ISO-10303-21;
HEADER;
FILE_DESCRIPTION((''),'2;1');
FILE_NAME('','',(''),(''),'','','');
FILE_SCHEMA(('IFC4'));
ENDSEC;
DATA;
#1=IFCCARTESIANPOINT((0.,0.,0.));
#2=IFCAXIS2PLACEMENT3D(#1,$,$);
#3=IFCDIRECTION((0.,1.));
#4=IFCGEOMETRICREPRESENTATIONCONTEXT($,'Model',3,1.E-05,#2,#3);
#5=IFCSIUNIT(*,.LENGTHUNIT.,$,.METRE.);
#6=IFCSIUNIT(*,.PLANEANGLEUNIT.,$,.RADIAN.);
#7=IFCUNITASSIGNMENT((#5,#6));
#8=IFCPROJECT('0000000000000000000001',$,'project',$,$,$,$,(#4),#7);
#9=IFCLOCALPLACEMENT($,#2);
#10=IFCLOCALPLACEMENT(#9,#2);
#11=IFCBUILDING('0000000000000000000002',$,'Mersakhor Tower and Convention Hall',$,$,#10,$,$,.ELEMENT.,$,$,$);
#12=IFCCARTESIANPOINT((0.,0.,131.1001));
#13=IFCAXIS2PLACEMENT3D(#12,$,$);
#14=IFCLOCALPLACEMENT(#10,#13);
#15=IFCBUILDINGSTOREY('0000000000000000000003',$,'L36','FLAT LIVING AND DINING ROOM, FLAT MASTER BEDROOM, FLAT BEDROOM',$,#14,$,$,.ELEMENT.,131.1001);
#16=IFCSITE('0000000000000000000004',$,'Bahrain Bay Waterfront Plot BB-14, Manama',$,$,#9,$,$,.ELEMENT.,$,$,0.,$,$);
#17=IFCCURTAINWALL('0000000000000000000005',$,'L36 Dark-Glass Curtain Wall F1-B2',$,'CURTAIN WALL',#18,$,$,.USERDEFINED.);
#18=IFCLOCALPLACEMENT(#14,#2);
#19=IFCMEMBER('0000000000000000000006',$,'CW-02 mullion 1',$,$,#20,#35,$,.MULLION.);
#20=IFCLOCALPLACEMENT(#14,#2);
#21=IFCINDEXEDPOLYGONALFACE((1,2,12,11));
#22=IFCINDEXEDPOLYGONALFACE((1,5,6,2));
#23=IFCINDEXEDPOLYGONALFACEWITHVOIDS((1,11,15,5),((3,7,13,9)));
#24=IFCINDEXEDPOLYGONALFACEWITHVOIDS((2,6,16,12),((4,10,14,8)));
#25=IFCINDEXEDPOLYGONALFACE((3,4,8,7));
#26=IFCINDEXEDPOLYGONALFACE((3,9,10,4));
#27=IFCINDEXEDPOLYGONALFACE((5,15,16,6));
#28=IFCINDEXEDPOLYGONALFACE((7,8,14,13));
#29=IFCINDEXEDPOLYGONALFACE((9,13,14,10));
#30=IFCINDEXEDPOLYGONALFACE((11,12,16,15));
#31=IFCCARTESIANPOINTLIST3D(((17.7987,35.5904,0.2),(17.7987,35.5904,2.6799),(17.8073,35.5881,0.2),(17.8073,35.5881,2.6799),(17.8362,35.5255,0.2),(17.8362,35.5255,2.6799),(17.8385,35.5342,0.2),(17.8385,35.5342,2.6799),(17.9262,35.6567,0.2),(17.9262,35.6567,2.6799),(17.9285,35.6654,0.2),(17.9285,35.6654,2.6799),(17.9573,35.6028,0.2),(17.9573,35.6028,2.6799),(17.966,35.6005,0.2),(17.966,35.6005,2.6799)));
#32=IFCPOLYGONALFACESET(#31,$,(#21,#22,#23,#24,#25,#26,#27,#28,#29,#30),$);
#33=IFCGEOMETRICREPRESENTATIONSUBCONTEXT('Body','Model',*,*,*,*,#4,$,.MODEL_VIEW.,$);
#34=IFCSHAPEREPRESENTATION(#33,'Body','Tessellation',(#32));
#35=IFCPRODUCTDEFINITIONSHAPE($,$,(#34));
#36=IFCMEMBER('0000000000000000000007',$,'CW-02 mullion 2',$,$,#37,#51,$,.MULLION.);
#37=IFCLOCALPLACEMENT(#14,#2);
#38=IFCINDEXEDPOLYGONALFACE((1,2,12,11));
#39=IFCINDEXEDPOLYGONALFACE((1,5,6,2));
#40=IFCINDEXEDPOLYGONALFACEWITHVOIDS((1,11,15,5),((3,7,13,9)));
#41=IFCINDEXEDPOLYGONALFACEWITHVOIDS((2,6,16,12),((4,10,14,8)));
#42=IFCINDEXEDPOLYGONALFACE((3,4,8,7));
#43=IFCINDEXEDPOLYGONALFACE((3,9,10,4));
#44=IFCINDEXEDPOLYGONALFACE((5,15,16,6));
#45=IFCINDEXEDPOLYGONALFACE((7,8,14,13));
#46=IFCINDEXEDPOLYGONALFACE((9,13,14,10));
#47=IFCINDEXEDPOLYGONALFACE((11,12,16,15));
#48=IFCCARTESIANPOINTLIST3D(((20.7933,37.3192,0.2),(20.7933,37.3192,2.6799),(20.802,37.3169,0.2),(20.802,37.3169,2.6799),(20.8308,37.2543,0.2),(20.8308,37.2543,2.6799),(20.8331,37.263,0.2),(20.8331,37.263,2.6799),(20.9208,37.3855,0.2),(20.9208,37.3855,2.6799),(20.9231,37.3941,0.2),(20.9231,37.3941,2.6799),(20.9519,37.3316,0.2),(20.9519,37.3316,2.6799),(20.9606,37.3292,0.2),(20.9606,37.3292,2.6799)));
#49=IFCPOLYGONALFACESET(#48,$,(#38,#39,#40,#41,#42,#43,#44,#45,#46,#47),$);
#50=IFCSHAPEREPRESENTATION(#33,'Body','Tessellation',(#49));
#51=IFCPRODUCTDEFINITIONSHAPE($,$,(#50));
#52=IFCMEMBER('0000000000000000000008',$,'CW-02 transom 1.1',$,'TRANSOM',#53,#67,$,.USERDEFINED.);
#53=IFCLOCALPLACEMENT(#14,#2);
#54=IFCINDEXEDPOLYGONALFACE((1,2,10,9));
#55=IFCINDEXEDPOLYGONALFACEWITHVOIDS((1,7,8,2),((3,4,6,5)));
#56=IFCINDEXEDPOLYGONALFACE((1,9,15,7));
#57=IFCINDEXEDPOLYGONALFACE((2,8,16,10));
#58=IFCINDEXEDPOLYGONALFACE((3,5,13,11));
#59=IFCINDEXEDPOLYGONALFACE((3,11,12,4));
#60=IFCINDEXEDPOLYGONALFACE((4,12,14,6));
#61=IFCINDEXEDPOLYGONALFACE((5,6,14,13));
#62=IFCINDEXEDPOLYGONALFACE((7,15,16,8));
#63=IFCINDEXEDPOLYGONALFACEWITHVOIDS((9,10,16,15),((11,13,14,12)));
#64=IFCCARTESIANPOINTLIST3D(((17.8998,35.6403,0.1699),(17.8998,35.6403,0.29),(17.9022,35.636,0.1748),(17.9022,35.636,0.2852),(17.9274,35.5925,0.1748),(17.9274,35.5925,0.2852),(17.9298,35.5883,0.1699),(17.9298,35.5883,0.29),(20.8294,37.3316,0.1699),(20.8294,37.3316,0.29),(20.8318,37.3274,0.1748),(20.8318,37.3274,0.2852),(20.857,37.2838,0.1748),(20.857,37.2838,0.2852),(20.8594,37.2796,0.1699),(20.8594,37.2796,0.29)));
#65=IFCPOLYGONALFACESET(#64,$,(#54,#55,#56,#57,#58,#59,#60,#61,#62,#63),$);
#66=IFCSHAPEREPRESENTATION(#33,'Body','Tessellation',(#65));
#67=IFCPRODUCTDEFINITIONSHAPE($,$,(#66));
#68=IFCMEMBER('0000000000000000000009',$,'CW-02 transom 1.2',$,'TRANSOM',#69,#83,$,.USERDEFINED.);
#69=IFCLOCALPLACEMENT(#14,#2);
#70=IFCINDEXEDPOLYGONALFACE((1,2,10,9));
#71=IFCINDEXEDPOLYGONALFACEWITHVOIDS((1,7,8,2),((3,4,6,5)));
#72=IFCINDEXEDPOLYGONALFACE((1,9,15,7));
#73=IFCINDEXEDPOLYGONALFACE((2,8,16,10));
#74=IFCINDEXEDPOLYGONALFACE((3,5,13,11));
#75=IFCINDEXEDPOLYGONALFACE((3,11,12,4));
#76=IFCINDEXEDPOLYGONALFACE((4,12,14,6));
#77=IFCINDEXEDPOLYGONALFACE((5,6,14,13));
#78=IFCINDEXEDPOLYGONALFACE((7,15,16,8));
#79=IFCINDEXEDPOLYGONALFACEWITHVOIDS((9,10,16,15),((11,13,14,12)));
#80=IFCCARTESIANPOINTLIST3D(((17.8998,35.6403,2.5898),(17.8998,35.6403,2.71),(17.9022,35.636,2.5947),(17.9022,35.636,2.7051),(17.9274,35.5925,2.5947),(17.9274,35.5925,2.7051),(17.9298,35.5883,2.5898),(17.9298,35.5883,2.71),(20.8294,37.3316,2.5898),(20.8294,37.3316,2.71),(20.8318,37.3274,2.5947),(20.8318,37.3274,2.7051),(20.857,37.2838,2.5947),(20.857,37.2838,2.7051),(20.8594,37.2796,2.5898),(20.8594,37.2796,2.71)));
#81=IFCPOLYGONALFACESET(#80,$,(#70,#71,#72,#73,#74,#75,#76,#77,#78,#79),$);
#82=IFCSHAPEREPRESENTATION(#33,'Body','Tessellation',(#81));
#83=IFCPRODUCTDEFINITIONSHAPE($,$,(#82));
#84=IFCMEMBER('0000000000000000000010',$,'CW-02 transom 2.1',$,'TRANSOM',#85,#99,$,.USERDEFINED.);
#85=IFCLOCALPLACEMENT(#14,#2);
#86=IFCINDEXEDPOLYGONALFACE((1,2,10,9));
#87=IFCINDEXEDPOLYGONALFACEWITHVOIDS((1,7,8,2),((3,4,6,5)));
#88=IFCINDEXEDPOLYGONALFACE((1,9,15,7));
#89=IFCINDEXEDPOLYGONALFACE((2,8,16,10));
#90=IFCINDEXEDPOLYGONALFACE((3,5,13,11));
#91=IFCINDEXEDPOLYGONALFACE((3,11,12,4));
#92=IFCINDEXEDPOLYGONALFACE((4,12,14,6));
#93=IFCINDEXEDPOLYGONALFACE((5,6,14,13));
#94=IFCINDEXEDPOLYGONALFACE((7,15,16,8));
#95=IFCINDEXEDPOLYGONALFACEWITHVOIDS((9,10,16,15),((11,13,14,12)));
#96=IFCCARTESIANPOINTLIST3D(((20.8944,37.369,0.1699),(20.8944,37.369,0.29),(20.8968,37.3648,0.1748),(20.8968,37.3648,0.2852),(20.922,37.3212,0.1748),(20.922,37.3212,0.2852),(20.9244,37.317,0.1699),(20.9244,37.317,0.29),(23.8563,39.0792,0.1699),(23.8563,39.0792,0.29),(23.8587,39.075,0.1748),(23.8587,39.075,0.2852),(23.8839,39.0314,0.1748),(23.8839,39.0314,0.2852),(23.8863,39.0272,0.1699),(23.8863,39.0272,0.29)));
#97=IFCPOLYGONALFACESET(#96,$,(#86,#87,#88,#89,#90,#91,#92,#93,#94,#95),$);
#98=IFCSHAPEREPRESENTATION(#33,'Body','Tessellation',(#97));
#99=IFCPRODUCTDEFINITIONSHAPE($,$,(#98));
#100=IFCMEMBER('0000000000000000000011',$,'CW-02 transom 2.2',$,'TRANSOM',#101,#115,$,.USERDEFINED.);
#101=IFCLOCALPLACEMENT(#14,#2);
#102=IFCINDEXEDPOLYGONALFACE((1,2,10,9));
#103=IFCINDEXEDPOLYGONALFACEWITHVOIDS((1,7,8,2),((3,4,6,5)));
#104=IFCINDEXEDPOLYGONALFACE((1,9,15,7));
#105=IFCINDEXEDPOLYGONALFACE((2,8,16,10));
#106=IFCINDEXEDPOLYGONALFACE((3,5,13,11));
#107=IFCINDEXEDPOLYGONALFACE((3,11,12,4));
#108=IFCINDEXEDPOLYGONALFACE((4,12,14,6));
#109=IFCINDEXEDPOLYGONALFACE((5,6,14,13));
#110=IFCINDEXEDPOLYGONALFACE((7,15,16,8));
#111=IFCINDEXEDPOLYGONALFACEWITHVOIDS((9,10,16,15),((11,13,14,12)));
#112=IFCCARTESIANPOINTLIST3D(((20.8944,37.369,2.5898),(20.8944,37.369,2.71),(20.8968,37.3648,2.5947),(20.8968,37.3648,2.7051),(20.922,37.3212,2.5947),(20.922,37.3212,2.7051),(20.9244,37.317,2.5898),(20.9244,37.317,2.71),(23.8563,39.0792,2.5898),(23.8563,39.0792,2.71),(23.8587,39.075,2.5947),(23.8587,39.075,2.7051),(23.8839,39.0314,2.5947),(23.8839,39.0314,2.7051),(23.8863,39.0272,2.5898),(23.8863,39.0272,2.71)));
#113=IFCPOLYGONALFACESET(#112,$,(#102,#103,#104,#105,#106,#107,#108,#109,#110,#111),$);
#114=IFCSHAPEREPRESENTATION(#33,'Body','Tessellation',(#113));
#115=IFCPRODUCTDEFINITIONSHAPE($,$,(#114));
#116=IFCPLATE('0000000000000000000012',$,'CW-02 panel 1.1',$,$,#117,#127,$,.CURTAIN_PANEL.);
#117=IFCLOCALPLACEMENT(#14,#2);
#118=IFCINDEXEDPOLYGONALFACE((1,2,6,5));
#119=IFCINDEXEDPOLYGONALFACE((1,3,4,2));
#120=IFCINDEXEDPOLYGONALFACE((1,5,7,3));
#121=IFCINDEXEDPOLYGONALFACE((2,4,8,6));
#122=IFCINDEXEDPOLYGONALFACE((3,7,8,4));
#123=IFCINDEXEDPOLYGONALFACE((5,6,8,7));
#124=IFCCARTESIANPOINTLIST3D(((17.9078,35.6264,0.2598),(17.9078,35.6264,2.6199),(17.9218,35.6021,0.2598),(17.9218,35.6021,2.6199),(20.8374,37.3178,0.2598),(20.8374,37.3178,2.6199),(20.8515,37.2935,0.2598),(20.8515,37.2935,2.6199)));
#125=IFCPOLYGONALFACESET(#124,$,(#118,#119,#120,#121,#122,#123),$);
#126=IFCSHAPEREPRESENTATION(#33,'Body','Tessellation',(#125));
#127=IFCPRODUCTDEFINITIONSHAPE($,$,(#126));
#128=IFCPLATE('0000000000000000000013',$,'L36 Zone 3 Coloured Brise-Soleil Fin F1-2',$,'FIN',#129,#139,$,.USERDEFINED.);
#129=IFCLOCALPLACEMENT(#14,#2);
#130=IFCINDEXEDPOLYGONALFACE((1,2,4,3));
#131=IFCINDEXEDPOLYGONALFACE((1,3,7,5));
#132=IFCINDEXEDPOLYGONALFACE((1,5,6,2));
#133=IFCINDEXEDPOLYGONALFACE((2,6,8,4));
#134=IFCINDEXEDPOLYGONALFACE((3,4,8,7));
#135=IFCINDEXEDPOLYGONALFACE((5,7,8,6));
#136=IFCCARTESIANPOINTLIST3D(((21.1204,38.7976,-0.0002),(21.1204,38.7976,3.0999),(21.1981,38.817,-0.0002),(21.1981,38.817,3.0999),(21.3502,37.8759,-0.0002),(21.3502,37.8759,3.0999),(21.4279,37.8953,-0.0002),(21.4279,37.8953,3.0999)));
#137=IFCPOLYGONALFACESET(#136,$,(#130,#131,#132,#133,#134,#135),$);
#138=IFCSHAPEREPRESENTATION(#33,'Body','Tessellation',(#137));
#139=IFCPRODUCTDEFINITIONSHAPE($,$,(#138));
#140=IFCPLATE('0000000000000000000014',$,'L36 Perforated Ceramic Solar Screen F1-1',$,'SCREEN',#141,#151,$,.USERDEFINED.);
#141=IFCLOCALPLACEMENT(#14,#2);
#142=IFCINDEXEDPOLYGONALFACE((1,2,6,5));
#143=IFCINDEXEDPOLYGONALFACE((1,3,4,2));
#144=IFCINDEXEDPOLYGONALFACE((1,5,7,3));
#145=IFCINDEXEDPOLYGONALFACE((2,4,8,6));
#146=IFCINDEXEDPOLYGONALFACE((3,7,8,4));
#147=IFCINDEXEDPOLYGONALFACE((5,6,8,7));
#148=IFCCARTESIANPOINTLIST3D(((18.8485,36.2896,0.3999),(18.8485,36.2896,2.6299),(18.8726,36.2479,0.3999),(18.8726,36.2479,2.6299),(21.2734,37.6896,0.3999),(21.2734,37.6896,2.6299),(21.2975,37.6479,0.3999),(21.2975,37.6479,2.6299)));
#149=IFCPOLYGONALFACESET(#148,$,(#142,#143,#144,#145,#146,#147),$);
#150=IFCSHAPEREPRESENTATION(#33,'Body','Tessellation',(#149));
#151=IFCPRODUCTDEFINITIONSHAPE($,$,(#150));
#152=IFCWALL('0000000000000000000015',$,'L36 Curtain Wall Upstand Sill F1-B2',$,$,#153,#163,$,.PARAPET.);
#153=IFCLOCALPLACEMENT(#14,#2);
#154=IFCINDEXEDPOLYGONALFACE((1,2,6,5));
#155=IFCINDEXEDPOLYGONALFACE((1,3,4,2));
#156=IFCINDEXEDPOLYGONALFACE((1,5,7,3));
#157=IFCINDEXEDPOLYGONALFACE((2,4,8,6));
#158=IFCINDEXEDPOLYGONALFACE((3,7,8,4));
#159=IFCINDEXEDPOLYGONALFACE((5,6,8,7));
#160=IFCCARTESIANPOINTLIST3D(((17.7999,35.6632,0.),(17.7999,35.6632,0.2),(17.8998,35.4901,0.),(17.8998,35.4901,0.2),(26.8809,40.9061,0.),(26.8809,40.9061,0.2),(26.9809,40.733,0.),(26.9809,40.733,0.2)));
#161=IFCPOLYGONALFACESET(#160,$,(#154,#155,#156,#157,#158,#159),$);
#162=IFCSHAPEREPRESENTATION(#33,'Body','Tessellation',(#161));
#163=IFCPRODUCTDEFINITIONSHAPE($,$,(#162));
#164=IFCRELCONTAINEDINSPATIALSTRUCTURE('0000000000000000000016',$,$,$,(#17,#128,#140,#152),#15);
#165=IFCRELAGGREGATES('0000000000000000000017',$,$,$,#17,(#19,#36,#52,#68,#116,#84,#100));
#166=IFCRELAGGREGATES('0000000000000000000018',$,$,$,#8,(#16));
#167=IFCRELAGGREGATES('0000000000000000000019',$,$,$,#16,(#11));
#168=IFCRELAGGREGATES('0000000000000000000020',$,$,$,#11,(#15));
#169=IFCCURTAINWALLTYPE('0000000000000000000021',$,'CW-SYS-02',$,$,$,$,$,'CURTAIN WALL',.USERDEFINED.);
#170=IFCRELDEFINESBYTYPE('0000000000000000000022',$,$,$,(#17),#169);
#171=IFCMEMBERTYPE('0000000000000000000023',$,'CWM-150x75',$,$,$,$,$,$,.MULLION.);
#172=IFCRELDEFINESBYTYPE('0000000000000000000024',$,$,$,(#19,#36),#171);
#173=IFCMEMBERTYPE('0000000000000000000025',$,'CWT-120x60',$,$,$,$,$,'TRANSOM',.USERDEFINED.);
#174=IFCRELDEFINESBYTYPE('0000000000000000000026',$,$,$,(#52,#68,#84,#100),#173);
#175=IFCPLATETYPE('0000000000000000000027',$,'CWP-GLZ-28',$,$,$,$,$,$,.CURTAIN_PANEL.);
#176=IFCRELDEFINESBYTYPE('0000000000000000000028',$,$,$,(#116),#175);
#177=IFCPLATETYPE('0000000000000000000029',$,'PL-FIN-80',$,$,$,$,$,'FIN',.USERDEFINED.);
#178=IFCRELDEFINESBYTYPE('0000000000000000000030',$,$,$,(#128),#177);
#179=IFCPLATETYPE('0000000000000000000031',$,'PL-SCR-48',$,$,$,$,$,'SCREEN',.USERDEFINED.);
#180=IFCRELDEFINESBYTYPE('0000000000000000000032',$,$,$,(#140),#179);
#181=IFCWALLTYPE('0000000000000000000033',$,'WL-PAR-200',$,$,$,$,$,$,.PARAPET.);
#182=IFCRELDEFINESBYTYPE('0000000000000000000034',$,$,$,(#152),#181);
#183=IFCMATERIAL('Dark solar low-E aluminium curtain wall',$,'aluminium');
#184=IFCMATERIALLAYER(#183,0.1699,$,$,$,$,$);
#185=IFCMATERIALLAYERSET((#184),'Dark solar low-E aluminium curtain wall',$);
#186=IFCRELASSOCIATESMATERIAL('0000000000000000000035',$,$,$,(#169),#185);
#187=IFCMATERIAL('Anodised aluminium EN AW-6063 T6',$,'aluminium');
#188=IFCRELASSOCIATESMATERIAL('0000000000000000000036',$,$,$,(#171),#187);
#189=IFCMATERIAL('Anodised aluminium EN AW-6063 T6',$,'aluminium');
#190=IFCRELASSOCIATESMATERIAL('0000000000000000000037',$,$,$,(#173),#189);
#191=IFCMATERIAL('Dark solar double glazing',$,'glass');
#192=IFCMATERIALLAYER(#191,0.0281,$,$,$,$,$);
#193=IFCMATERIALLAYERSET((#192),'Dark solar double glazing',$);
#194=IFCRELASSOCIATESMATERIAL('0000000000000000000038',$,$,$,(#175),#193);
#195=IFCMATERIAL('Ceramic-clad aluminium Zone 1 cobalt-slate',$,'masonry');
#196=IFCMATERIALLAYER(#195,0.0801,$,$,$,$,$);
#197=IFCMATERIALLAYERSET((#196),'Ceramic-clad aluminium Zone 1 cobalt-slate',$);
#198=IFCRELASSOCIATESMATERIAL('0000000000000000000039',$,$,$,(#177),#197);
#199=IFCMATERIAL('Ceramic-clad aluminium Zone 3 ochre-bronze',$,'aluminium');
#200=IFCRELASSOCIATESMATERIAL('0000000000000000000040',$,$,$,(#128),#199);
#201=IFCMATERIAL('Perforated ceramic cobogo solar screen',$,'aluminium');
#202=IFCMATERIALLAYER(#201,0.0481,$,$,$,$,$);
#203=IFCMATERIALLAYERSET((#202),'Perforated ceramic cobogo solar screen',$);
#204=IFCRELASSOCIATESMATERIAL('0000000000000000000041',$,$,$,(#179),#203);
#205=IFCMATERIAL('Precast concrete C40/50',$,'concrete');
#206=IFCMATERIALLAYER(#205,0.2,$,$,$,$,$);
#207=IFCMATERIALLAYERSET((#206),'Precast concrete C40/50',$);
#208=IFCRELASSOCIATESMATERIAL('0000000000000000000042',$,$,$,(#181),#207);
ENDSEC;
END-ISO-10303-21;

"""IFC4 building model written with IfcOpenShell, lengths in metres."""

from ifc_helpers import new_model, si_unit, direction, frame, frame_2d, origin, origin_2d, place, context, subcontext, project, spatial, rectangle, hollow_rectangle, extrude, material, layer, layer_set, material_profile, profile_set, type_object, element, aggregate, save


model = new_model("IFC4")

# Units and contexts
model_context = context("Model", 3, precision=1e-05, world=origin(), true_north=direction((0.0, 1.0)))
body_context = subcontext(model_context, "Body", "Model", "MODEL_VIEW")
ifc_project = project(units=[si_unit("LENGTHUNIT", "METRE"), si_unit("PLANEANGLEUNIT", "RADIAN")], contexts=[model_context])

# Site, building, storey
site_placement = place(None, origin())
site = spatial("IfcSite", under=ifc_project, at=site_placement, Name="Bahrain Bay Waterfront Plot BB-14, Manama", CompositionType="ELEMENT", RefElevation=0.0)
building_placement = place(site_placement, origin())
building = spatial("IfcBuilding", under=site, at=building_placement, Name="Mersakhor Tower and Convention Hall", CompositionType="ELEMENT")
storey_placement = place(building_placement, frame((0.0, 0.0, 131.1001)))
storey = spatial("IfcBuildingStorey", under=building, at=storey_placement, Name="L36", Description="FLAT LIVING AND DINING ROOM, FLAT MASTER BEDROOM, FLAT BEDROOM", CompositionType="ELEMENT", Elevation=131.1001)

# Curtain wall, members, plate
ifc_material_1 = material(Name="Dark solar low-E aluminium curtain wall", Category="aluminium")
ifc_layer_1 = layer(ifc_material_1, 0.1699)
ifc_layer_set_1 = layer_set([ifc_layer_1], Name="Dark solar low-E aluminium curtain wall")
curtain_wall_type = type_object("IfcCurtainWallType", Name="CW-SYS-02", ElementType="CURTAIN WALL", PredefinedType="USERDEFINED", material=ifc_layer_set_1)
curtain_wall_placement = place(storey_placement, origin())
curtain_wall = element("IfcCurtainWall", 1, at=curtain_wall_placement, inside=storey, type_object=curtain_wall_type, Name="L36 Dark-Glass Curtain Wall F1-B2", ObjectType="CURTAIN WALL", PredefinedType="USERDEFINED")
ifc_material_2 = material(Name="Anodised aluminium EN AW-6063 T6", Category="aluminium")
ifc_material_profile_1 = material_profile(ifc_material_2, hollow_rectangle(XDim=0.075, YDim=0.1499, WallThickness=0.0063, at=origin_2d()), Name="RHS 150x75x6.3")
ifc_profile_set_1 = profile_set([ifc_material_profile_1], Name="Anodised aluminium EN AW-6063 T6")
member_type_1 = type_object("IfcMemberType", Name="CWM-150x75", PredefinedType="MULLION", material=ifc_profile_set_1)
member_1_placement = place(storey_placement, frame((17.8823, 35.5955, 0.2), z_axis=(0.0, 0.0, 1.0), x_axis=(-0.49999, 0.866031, 0.0)))
member_1 = element("IfcMember", 2, at=member_1_placement, type_object=member_type_1, Name="CW-02 mullion 1", PredefinedType="MULLION", context=body_context, shape_type="SweptSolid", body=[
    extrude(hollow_rectangle(XDim=0.075, YDim=0.1499, WallThickness=0.0063, at=origin_2d()), origin(), (0.0, 0.0, 1.0), 2.48),
])
member_2_placement = place(storey_placement, frame((20.877, 37.3242, 0.2), z_axis=(0.0, 0.0, 1.0), x_axis=(-0.49999, 0.866031, 0.0)))
member_2 = element("IfcMember", 3, at=member_2_placement, type_object=member_type_1, Name="CW-02 mullion 2", PredefinedType="MULLION", context=body_context, shape_type="SweptSolid", body=[
    extrude(hollow_rectangle(XDim=0.075, YDim=0.1499, WallThickness=0.0063, at=origin_2d()), origin(), (0.0, 0.0, 1.0), 2.48),
])
ifc_material_3 = material(Name="Anodised aluminium EN AW-6063 T6", Category="aluminium")
ifc_material_profile_2 = material_profile(ifc_material_3, hollow_rectangle(XDim=0.0601, YDim=0.1201, WallThickness=0.0049, at=origin_2d()), Name="RHS 120x60x5")
ifc_profile_set_2 = profile_set([ifc_material_profile_2], Name="Anodised aluminium EN AW-6063 T6")
member_type_2 = type_object("IfcMemberType", Name="CWT-120x60", ElementType="TRANSOM", PredefinedType="USERDEFINED", material=ifc_profile_set_2)
member_3_placement = place(storey_placement, frame((17.9148, 35.6143, 0.23), z_axis=(0.866032, 0.499989, 0.0), x_axis=(-0.499989, 0.866032, 0.0)))
member_3 = element("IfcMember", 4, at=member_3_placement, type_object=member_type_2, Name="CW-02 transom 1.1", ObjectType="TRANSOM", PredefinedType="USERDEFINED", context=body_context, shape_type="SweptSolid", body=[
    extrude(hollow_rectangle(XDim=0.0601, YDim=0.1201, WallThickness=0.0049, at=origin_2d()), origin(), (0.0, 0.0, 1.0), 3.3828),
])
member_4_placement = place(storey_placement, frame((17.9148, 35.6143, 2.6499), z_axis=(0.866032, 0.499989, 0.0), x_axis=(-0.499989, 0.866032, 0.0)))
member_4 = element("IfcMember", 5, at=member_4_placement, type_object=member_type_2, Name="CW-02 transom 1.2", ObjectType="TRANSOM", PredefinedType="USERDEFINED", context=body_context, shape_type="SweptSolid", body=[
    extrude(hollow_rectangle(XDim=0.0601, YDim=0.1201, WallThickness=0.0049, at=origin_2d()), origin(), (0.0, 0.0, 1.0), 3.3828),
])
member_5_placement = place(storey_placement, frame((20.9094, 37.343, 0.23), z_axis=(0.866007, 0.500031, 0.0), x_axis=(-0.500031, 0.866007, 0.0)))
member_5 = element("IfcMember", 6, at=member_5_placement, type_object=member_type_2, Name="CW-02 transom 2.1", ObjectType="TRANSOM", PredefinedType="USERDEFINED", context=body_context, shape_type="SweptSolid", body=[
    extrude(hollow_rectangle(XDim=0.0601, YDim=0.1201, WallThickness=0.0049, at=origin_2d()), origin(), (0.0, 0.0, 1.0), 3.4202),
])
member_6_placement = place(storey_placement, frame((20.9094, 37.343, 2.6499), z_axis=(0.866007, 0.500031, 0.0), x_axis=(-0.500031, 0.866007, 0.0)))
member_6 = element("IfcMember", 7, at=member_6_placement, type_object=member_type_2, Name="CW-02 transom 2.2", ObjectType="TRANSOM", PredefinedType="USERDEFINED", context=body_context, shape_type="SweptSolid", body=[
    extrude(hollow_rectangle(XDim=0.0601, YDim=0.1201, WallThickness=0.0049, at=origin_2d()), origin(), (0.0, 0.0, 1.0), 3.4202),
])
ifc_material_4 = material(Name="Dark solar double glazing", Category="glass")
ifc_layer_2 = layer(ifc_material_4, 0.0281)
ifc_layer_set_2 = layer_set([ifc_layer_2], Name="Dark solar double glazing")
plate_type_1 = type_object("IfcPlateType", Name="CWP-GLZ-28", PredefinedType="CURTAIN_PANEL", material=ifc_layer_set_2)
plate_1_placement = place(storey_placement, frame((19.3796, 36.46, 0.2598), z_axis=(0.0, 0.0, 1.0), x_axis=(0.866031, 0.49999, 0.0)))
plate_1 = element("IfcPlate", 8, at=plate_1_placement, type_object=plate_type_1, Name="CW-02 panel 1.1", PredefinedType="CURTAIN_PANEL", context=body_context, shape_type="SweptSolid", body=[
    extrude(rectangle(XDim=3.3828, YDim=0.0281, at=origin_2d()), origin(), (0.0, 0.0, 1.0), 2.3601),
])
aggregate(curtain_wall, [member_1, member_2, member_3, member_4, plate_1, member_5, member_6])

# Plates
ifc_material_5 = material(Name="Ceramic-clad aluminium Zone 3 ochre-bronze", Category="aluminium")
ifc_material_6 = material(Name="Ceramic-clad aluminium Zone 1 cobalt-slate", Category="masonry")
ifc_layer_3 = layer(ifc_material_6, 0.0801)
ifc_layer_set_3 = layer_set([ifc_layer_3], Name="Ceramic-clad aluminium Zone 1 cobalt-slate")
plate_type_2 = type_object("IfcPlateType", Name="PL-FIN-80", ElementType="FIN", PredefinedType="USERDEFINED", material=ifc_layer_set_3)
plate_2_placement = place(storey_placement, frame((21.2742, 38.3464, -0.0002), z_axis=(0.0, 0.0, 1.0), x_axis=(-0.241922, 0.970296, 0.0)))
element("IfcPlate", 9, at=plate_2_placement, inside=storey, type_object=plate_type_2, material=ifc_material_5, Name="L36 Zone 3 Coloured Brise-Soleil Fin F1-2", ObjectType="FIN", PredefinedType="USERDEFINED", context=body_context, shape_type="SweptSolid", body=[
    extrude(rectangle(XDim=0.95, YDim=0.0801, at=origin_2d()), origin(), (0.0, 0.0, 1.0), 3.1001),
])
ifc_material_7 = material(Name="Perforated ceramic cobogo solar screen", Category="aluminium")
ifc_layer_4 = layer(ifc_material_7, 0.0481)
ifc_layer_set_4 = layer_set([ifc_layer_4], Name="Perforated ceramic cobogo solar screen")
plate_type_3 = type_object("IfcPlateType", Name="PL-SCR-48", ElementType="SCREEN", PredefinedType="USERDEFINED", material=ifc_layer_set_4)
plate_3_placement = place(storey_placement, frame((20.073, 36.9688, 0.3999), z_axis=(0.0, 0.0, 1.0), x_axis=(0.866025, 0.5, 0.0)))
element("IfcPlate", 10, at=plate_3_placement, inside=storey, type_object=plate_type_3, Name="L36 Perforated Ceramic Solar Screen F1-1", ObjectType="SCREEN", PredefinedType="USERDEFINED", context=body_context, shape_type="SweptSolid", body=[
    extrude(rectangle(XDim=2.8, YDim=0.0481, at=origin_2d()), origin(), (0.0, 0.0, 1.0), 2.23),
])

# Wall
ifc_material_8 = material(Name="Precast concrete C40/50", Category="concrete")
ifc_layer_5 = layer(ifc_material_8, 0.2)
ifc_layer_set_5 = layer_set([ifc_layer_5], Name="Precast concrete C40/50")
wall_type_1 = type_object("IfcWallType", Name="WL-PAR-200", PredefinedType="PARAPET", material=ifc_layer_set_5)
wall_1_placement = place(storey_placement, frame((17.8499, 35.5767, 0.0), z_axis=(0.0, 0.0, 1.0), x_axis=(0.866027, 0.499998, 0.0)))
element("IfcWall", 11, at=wall_1_placement, inside=storey, type_object=wall_type_1, Name="L36 Curtain Wall Upstand Sill F1-B2", PredefinedType="PARAPET", context=body_context, shape_type="SweptSolid", body=[
    extrude(rectangle(XDim=10.4858, YDim=0.2, at=frame_2d((5.2429, 0.0))), origin(), (0.0, 0.0, 1.0), 0.2),
])

save(model, "model.ifc")
